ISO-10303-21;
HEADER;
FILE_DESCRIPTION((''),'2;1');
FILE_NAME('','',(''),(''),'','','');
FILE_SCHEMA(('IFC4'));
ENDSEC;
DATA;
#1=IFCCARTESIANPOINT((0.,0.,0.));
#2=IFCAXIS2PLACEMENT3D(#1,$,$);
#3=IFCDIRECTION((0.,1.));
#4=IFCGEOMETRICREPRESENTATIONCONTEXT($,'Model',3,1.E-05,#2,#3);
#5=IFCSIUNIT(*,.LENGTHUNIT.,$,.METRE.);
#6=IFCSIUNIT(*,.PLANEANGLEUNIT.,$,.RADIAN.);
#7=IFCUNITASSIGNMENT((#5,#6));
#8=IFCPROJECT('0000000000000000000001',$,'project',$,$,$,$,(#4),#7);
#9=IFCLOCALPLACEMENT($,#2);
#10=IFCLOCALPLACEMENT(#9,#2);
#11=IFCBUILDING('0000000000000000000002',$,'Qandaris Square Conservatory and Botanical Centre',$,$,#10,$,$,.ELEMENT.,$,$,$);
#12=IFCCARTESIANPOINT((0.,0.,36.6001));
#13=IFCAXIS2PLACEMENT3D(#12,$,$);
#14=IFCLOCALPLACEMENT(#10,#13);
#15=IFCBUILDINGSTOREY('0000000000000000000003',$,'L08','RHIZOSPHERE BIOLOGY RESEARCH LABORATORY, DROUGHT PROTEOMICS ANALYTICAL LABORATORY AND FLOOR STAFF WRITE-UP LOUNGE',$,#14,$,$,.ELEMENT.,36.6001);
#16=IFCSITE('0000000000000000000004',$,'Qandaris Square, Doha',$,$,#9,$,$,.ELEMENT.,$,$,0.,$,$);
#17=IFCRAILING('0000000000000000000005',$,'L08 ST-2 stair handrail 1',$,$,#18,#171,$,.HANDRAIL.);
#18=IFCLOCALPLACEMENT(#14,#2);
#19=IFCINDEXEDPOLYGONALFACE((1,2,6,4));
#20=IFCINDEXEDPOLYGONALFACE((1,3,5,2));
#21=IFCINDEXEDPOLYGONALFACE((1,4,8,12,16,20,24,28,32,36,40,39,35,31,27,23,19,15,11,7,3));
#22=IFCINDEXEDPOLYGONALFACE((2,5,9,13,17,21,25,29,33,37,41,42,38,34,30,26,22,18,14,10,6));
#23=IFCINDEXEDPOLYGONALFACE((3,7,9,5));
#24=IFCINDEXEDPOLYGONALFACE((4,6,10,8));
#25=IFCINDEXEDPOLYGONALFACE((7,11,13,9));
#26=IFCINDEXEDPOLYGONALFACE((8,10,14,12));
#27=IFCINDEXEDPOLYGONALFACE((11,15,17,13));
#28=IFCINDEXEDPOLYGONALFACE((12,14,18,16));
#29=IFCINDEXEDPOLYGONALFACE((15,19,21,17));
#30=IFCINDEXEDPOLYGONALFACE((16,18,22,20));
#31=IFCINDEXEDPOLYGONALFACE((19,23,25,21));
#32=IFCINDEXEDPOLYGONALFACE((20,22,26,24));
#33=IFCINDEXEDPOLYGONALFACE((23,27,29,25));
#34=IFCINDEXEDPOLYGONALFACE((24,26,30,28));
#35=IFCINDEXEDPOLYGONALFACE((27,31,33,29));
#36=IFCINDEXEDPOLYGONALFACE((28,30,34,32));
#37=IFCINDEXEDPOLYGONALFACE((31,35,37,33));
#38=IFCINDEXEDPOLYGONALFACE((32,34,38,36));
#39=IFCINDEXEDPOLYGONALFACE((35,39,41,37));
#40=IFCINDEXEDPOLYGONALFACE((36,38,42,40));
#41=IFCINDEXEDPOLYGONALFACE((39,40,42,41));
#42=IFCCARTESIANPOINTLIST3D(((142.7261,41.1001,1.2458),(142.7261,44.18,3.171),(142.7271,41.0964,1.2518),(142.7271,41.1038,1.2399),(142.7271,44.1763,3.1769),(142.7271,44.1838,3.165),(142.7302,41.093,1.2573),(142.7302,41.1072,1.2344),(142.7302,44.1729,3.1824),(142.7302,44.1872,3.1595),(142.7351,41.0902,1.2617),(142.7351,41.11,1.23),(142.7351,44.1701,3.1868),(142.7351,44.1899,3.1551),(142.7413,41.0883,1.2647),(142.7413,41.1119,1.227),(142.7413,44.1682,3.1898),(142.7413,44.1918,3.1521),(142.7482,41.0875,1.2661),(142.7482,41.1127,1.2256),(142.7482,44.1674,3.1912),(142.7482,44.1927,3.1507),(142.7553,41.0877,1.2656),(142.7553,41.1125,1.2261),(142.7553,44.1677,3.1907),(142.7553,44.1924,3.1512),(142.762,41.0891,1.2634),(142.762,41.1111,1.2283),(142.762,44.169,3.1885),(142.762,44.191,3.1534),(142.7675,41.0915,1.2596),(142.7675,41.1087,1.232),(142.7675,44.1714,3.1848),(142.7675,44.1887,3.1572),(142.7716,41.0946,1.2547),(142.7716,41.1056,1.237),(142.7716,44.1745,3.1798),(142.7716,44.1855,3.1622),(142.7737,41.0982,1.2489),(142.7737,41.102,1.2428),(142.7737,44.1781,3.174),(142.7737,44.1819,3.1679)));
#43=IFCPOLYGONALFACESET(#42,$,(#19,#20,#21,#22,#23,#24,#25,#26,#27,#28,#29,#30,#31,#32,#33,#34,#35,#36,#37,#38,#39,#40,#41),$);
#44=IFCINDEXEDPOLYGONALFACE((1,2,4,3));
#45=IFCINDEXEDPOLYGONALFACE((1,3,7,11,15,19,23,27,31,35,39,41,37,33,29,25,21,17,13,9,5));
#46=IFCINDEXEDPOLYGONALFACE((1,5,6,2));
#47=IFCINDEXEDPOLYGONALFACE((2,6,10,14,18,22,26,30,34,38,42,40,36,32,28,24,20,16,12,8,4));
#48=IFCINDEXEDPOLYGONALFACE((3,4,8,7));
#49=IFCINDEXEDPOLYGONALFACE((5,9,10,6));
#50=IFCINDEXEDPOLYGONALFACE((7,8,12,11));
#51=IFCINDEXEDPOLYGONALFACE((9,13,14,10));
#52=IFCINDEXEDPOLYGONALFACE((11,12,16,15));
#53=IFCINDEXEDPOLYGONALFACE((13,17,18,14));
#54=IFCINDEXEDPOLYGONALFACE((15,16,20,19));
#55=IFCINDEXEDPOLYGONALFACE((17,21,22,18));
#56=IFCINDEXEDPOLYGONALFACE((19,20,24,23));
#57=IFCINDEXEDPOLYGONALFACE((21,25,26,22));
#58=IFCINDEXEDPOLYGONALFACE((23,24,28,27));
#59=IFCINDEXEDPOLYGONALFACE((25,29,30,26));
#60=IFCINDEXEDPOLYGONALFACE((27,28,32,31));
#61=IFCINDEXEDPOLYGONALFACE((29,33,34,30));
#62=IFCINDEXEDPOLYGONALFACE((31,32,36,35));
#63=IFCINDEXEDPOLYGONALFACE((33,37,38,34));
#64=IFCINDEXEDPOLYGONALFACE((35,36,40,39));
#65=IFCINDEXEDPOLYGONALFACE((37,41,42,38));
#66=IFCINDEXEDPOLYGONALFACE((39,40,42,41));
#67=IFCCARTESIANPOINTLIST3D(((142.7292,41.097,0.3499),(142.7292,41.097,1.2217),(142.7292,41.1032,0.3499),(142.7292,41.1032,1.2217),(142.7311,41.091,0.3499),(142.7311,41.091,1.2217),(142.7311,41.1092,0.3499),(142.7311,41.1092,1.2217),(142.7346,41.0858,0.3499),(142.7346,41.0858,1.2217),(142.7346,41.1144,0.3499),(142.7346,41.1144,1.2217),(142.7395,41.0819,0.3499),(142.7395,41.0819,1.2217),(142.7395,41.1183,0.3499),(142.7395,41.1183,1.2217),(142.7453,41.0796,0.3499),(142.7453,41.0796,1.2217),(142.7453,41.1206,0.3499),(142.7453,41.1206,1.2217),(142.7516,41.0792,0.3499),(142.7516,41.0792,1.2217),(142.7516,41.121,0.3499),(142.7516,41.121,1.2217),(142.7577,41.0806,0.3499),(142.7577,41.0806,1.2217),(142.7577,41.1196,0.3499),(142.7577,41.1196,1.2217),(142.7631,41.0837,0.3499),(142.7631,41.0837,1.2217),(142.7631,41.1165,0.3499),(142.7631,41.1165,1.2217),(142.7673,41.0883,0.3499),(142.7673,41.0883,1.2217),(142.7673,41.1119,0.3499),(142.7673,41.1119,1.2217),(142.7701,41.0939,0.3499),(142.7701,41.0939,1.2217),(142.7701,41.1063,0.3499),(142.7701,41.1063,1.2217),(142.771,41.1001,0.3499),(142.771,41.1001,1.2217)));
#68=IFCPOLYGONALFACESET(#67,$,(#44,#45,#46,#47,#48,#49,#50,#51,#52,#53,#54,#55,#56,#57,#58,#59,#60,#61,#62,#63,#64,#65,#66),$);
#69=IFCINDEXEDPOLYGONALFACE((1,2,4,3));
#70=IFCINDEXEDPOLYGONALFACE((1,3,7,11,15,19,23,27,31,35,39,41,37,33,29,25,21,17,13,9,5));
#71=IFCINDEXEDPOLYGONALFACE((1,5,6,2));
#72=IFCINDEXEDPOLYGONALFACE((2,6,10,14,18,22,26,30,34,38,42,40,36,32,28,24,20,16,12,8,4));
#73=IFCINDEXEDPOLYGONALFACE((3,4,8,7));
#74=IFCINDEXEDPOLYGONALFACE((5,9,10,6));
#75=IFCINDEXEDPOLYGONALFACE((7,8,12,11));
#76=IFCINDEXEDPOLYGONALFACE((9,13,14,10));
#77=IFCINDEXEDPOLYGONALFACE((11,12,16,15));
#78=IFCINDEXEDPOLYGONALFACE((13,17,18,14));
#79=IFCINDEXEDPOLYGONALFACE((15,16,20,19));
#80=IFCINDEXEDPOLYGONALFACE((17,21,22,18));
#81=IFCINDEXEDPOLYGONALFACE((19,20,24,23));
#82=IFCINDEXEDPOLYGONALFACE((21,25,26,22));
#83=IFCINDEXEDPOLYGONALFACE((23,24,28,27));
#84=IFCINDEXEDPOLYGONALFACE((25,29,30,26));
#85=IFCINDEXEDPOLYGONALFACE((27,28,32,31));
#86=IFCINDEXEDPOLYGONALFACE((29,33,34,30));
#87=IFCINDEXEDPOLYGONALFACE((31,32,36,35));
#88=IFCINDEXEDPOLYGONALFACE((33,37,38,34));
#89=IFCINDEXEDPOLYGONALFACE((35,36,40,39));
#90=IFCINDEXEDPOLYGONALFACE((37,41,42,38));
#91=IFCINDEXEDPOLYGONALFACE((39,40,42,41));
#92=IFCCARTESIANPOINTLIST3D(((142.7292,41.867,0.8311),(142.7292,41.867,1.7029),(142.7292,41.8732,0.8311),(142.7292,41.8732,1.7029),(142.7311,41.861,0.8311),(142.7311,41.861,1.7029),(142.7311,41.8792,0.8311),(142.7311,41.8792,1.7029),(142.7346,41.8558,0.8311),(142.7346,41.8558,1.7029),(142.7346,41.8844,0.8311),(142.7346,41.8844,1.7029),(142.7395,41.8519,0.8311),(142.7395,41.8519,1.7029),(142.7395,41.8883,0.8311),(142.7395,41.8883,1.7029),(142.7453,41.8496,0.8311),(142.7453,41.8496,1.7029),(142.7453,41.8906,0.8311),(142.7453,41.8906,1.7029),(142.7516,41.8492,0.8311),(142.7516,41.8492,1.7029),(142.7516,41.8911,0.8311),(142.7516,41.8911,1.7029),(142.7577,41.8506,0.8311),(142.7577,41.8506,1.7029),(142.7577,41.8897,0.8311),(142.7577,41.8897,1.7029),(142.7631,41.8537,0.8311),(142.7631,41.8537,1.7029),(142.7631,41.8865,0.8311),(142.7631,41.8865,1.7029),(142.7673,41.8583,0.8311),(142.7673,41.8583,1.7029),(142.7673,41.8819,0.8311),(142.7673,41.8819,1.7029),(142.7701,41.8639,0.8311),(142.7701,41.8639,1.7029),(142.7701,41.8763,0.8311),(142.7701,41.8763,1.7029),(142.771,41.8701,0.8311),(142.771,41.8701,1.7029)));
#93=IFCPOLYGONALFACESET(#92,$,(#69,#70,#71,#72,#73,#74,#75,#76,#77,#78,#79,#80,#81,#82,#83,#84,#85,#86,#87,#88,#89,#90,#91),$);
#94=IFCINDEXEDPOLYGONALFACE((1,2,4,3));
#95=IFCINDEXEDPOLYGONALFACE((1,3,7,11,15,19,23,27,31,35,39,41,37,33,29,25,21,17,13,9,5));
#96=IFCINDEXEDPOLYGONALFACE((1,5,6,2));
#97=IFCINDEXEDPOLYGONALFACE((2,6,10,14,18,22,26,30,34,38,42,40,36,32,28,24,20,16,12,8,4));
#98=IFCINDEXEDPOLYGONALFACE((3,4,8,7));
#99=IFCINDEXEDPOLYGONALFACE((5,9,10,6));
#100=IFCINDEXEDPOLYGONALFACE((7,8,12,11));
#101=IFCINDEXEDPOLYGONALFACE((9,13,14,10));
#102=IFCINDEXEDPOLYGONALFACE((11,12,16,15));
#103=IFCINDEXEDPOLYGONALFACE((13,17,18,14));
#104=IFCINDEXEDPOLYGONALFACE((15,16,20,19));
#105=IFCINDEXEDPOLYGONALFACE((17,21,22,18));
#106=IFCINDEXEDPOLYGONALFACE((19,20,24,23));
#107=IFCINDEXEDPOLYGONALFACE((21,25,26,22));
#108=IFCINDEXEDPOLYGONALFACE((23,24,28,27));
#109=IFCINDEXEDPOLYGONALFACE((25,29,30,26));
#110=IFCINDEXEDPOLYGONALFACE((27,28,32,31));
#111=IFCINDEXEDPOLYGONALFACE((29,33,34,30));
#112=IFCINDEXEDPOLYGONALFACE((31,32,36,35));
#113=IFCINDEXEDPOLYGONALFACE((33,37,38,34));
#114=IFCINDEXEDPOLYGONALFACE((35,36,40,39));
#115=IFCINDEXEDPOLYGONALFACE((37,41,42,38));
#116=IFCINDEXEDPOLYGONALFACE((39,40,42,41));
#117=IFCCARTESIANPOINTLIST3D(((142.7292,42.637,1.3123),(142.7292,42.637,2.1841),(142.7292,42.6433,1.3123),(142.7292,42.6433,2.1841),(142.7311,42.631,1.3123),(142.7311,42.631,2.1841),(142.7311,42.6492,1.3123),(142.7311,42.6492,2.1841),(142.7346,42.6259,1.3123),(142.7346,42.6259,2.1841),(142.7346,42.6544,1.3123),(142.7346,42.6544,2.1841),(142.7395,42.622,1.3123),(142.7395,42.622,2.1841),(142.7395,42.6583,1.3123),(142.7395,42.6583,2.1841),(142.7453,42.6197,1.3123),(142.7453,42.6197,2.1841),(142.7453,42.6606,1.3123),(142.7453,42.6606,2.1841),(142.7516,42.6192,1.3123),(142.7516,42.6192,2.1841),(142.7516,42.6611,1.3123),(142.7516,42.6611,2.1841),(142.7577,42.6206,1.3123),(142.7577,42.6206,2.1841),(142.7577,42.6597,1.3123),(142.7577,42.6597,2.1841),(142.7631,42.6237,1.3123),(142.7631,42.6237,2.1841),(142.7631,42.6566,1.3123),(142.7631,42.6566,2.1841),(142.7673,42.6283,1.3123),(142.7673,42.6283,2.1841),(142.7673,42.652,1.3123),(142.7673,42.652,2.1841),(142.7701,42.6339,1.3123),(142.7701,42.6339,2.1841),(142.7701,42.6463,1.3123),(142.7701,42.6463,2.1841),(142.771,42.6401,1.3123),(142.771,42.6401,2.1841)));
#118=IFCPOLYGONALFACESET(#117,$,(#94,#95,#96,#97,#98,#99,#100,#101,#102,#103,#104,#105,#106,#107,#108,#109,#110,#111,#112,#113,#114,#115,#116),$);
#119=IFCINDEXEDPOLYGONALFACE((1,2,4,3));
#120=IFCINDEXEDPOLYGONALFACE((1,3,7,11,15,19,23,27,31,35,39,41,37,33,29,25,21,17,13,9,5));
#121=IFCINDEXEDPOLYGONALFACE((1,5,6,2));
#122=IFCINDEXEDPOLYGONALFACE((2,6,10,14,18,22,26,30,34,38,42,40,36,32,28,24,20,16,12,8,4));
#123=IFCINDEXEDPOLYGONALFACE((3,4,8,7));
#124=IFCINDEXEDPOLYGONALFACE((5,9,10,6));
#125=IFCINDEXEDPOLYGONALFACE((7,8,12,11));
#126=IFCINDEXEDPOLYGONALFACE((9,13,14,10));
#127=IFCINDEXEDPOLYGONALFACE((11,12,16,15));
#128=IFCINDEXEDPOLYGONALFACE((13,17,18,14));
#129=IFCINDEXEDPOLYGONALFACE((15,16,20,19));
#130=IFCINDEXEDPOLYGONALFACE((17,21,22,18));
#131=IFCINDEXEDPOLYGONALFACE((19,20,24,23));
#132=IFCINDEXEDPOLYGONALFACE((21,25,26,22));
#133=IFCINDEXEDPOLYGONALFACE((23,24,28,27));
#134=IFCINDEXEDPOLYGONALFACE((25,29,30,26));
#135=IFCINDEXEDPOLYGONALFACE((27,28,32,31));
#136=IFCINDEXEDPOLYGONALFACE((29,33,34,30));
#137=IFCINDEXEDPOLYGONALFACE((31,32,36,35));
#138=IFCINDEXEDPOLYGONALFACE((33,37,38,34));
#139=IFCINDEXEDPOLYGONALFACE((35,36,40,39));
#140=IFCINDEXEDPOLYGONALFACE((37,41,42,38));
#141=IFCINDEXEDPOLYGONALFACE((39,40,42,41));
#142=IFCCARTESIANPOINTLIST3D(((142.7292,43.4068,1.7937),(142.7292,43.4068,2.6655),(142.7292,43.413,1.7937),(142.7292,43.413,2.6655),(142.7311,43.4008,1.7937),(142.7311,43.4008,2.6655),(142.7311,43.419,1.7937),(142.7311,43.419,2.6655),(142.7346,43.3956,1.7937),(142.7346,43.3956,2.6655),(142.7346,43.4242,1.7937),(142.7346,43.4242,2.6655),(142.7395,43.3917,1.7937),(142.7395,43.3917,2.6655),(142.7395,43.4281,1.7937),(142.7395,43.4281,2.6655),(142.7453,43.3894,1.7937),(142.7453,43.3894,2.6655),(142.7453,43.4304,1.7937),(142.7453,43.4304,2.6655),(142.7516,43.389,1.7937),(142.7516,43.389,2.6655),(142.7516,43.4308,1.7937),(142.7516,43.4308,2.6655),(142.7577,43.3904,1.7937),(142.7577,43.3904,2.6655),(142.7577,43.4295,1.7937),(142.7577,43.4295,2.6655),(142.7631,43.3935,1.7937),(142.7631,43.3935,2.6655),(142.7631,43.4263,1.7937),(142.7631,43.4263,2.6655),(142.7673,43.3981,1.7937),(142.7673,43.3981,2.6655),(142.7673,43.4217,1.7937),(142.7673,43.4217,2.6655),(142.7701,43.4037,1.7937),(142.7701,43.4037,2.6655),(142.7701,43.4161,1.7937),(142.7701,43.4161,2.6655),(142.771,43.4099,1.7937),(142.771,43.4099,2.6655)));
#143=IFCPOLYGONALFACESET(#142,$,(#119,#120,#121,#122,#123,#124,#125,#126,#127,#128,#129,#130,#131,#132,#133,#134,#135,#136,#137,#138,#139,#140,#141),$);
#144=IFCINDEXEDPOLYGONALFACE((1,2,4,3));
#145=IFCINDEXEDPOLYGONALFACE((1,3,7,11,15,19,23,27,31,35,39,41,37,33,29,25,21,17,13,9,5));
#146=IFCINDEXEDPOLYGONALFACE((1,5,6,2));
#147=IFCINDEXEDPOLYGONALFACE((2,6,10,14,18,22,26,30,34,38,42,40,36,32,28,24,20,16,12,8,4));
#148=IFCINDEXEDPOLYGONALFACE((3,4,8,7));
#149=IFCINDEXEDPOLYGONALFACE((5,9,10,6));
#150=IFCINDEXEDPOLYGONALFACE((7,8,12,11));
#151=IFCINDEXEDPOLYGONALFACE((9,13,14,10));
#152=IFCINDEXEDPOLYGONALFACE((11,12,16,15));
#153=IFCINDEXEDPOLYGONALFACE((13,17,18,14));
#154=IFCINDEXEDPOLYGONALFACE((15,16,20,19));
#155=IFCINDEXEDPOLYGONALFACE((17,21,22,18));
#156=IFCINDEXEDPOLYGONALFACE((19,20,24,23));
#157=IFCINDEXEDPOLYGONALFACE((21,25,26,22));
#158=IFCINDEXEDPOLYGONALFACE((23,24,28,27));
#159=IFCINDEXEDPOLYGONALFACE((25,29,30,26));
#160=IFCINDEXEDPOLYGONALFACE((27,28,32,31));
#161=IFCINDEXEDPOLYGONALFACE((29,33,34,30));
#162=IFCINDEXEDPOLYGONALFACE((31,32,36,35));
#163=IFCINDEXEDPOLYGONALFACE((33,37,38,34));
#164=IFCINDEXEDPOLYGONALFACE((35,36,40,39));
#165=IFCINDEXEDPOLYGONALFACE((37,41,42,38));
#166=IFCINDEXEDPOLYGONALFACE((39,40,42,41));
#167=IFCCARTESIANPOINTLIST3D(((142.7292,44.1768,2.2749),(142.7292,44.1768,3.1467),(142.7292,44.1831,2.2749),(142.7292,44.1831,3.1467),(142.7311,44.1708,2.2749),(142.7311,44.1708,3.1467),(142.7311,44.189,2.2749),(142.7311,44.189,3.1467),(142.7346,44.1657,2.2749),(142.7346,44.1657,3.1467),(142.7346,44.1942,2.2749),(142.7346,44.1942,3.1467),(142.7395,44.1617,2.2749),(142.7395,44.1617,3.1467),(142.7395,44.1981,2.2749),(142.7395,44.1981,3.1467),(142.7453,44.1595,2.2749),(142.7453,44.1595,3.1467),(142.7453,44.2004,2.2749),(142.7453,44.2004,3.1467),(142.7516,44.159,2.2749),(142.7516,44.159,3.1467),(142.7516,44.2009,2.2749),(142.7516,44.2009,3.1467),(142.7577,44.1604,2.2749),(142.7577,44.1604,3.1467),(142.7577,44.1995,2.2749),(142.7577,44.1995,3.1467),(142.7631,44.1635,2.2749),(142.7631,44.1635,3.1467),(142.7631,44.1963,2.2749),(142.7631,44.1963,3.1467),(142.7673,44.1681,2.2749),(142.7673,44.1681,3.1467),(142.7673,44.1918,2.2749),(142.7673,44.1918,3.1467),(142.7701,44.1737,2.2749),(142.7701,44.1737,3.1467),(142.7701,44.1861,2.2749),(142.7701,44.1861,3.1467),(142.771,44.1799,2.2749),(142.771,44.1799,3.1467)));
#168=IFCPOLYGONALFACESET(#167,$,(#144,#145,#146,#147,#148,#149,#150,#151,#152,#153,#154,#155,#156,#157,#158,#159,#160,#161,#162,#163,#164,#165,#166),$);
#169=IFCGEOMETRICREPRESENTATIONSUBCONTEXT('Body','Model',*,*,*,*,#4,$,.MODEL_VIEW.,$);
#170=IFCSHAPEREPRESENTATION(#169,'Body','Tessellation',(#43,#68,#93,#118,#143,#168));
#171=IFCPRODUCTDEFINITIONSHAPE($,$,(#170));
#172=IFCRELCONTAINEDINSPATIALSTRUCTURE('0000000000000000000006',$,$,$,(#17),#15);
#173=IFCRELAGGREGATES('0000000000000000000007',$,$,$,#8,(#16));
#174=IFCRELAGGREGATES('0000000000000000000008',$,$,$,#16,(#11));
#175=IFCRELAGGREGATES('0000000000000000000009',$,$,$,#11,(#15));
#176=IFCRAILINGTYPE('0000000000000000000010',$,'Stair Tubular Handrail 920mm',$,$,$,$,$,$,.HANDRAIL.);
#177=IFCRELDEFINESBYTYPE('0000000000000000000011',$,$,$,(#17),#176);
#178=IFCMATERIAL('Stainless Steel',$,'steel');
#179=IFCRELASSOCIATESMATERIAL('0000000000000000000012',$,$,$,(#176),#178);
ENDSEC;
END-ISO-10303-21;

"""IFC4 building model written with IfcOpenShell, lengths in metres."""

from ifc_helpers import new_model, si_unit, direction, frame, origin, origin_2d, place, context, subcontext, project, spatial, circle, extrude, material, type_object, element, save


model = new_model("IFC4")

# Units and contexts
model_context = context("Model", 3, precision=1e-05, world=origin(), true_north=direction((0.0, 1.0)))
body_context = subcontext(model_context, "Body", "Model", "MODEL_VIEW")
ifc_project = project(units=[si_unit("LENGTHUNIT", "METRE"), si_unit("PLANEANGLEUNIT", "RADIAN")], contexts=[model_context])

# Site, building, storey
site_placement = place(None, origin())
site = spatial("IfcSite", under=ifc_project, at=site_placement, Name="Qandaris Square, Doha", CompositionType="ELEMENT", RefElevation=0.0)
building_placement = place(site_placement, origin())
building = spatial("IfcBuilding", under=site, at=building_placement, Name="Qandaris Square Conservatory and Botanical Centre", CompositionType="ELEMENT")
storey_placement = place(building_placement, frame((0.0, 0.0, 36.6001)))
storey = spatial("IfcBuildingStorey", under=building, at=storey_placement, Name="L08", Description="RHIZOSPHERE BIOLOGY RESEARCH LABORATORY, DROUGHT PROTEOMICS ANALYTICAL LABORATORY AND FLOOR STAFF WRITE-UP LOUNGE", CompositionType="ELEMENT", Elevation=36.6001)

# Railing
ifc_material_1 = material(Name="Stainless Steel", Category="steel")
railing_type = type_object("IfcRailingType", Name="Stair Tubular Handrail 920mm", PredefinedType="HANDRAIL", material=ifc_material_1)
railing_placement = place(storey_placement, frame((142.75, 41.1001, 0.3499)))
element("IfcRailing", 1, at=railing_placement, inside=storey, type_object=railing_type, Name="L08 ST-2 stair handrail 1", PredefinedType="HANDRAIL", context=body_context, shape_type="SweptSolid", body=[
    extrude(circle(Radius=0.0239, at=origin_2d()), frame((0.0, 0.0, 0.896), z_axis=(0.0, 0.847979, 0.530029), x_axis=(-1.0, 0.0, 0.0)), (0.0, 0.0, 1.0), 3.6321),
    extrude(circle(Radius=0.021, at=origin_2d()), origin(), (0.0, 0.0, 1.0), 0.8718),
    extrude(circle(Radius=0.021, at=origin_2d()), frame((0.0, 0.77, 0.4812)), (0.0, 0.0, 1.0), 0.8718),
    extrude(circle(Radius=0.021, at=origin_2d()), frame((0.0, 1.54, 0.9624)), (0.0, 0.0, 1.0), 0.8718),
    extrude(circle(Radius=0.021, at=origin_2d()), frame((0.0, 2.3098, 1.4438)), (0.0, 0.0, 1.0), 0.8718),
    extrude(circle(Radius=0.021, at=origin_2d()), frame((0.0, 3.0798, 1.925)), (0.0, 0.0, 1.0), 0.8718),
])

save(model, "model.ifc")
